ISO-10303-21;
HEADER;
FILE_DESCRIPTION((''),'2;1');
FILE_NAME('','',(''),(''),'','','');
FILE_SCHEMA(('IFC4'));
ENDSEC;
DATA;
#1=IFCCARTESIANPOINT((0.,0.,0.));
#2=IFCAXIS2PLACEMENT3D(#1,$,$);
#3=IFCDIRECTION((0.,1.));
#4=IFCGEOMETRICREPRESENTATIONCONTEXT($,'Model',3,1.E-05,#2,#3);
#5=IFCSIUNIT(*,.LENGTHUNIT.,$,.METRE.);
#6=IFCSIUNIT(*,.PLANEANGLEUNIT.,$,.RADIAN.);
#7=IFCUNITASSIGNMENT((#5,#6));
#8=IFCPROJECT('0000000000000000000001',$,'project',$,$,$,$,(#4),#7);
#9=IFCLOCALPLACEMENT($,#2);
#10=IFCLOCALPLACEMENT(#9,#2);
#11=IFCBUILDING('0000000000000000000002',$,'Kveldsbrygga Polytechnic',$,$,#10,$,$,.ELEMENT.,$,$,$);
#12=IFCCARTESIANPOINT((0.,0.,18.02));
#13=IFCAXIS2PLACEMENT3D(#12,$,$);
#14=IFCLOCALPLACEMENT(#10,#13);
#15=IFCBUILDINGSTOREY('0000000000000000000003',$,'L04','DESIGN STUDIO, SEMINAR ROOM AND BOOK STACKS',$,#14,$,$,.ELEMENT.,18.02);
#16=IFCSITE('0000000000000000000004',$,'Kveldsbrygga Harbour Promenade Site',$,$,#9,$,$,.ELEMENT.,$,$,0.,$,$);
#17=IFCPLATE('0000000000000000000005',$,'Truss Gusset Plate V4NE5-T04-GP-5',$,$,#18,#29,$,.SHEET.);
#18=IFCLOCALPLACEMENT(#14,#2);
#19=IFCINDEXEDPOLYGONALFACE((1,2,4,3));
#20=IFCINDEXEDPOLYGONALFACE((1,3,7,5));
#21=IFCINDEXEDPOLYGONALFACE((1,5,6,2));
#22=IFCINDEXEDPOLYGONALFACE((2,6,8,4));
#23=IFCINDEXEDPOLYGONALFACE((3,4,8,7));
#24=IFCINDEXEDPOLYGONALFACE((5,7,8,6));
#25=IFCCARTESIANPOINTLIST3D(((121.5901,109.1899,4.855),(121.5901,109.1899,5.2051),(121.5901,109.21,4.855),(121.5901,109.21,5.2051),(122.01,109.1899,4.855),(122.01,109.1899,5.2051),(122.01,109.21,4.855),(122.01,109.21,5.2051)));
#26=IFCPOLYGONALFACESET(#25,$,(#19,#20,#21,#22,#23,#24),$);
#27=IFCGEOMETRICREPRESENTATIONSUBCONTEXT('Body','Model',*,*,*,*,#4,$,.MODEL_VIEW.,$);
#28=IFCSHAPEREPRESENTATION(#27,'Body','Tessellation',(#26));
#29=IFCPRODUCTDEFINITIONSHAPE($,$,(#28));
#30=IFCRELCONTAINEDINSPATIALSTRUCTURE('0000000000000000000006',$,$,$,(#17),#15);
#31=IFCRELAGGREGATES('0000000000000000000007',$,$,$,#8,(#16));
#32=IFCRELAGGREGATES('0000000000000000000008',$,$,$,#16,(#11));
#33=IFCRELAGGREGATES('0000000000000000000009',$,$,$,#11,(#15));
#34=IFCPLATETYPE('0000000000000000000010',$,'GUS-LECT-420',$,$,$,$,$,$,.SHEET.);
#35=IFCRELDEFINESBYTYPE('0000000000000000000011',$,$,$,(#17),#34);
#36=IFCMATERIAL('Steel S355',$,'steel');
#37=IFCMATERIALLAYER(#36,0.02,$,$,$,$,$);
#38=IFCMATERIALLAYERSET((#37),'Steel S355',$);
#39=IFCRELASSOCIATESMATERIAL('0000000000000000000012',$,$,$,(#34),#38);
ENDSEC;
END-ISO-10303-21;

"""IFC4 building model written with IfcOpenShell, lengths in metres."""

from ifc_helpers import new_model, si_unit, direction, frame, origin, origin_2d, place, context, subcontext, project, spatial, rectangle, extrude, material, layer, layer_set, type_object, element, save


model = new_model("IFC4")

# Units and contexts
model_context = context("Model", 3, precision=1e-05, world=origin(), true_north=direction((0.0, 1.0)))
body_context = subcontext(model_context, "Body", "Model", "MODEL_VIEW")
ifc_project = project(units=[si_unit("LENGTHUNIT", "METRE"), si_unit("PLANEANGLEUNIT", "RADIAN")], contexts=[model_context])

# Site, building, storey
site_placement = place(None, origin())
site = spatial("IfcSite", under=ifc_project, at=site_placement, Name="Kveldsbrygga Harbour Promenade Site", CompositionType="ELEMENT", RefElevation=0.0)
building_placement = place(site_placement, origin())
building = spatial("IfcBuilding", under=site, at=building_placement, Name="Kveldsbrygga Polytechnic", CompositionType="ELEMENT")
storey_placement = place(building_placement, frame((0.0, 0.0, 18.02)))
storey = spatial("IfcBuildingStorey", under=building, at=storey_placement, Name="L04", Description="DESIGN STUDIO, SEMINAR ROOM AND BOOK STACKS", CompositionType="ELEMENT", Elevation=18.02)

# Shared definitions
ifc_material_1 = material(Name="Steel S355", Category="steel")

# Plate
ifc_layer_1 = layer(ifc_material_1, 0.02)
ifc_layer_set_1 = layer_set([ifc_layer_1], Name="Steel S355")
plate_type_1 = type_object("IfcPlateType", Name="GUS-LECT-420", PredefinedType="SHEET", material=ifc_layer_set_1)
plate_1_placement = place(storey_placement, frame((121.8, 109.2, 4.855), z_axis=(0.0, 0.0, 1.0), x_axis=(1.0, 0.0, 0.0)))
element("IfcPlate", 1, at=plate_1_placement, inside=storey, type_object=plate_type_1, Name="Truss Gusset Plate V4NE5-T04-GP-5", PredefinedType="SHEET", context=body_context, shape_type="SweptSolid", body=[
    extrude(rectangle(XDim=0.4199, YDim=0.02, at=origin_2d()), origin(), (0.0, 0.0, 1.0), 0.3501),
])

save(model, "model.ifc")
